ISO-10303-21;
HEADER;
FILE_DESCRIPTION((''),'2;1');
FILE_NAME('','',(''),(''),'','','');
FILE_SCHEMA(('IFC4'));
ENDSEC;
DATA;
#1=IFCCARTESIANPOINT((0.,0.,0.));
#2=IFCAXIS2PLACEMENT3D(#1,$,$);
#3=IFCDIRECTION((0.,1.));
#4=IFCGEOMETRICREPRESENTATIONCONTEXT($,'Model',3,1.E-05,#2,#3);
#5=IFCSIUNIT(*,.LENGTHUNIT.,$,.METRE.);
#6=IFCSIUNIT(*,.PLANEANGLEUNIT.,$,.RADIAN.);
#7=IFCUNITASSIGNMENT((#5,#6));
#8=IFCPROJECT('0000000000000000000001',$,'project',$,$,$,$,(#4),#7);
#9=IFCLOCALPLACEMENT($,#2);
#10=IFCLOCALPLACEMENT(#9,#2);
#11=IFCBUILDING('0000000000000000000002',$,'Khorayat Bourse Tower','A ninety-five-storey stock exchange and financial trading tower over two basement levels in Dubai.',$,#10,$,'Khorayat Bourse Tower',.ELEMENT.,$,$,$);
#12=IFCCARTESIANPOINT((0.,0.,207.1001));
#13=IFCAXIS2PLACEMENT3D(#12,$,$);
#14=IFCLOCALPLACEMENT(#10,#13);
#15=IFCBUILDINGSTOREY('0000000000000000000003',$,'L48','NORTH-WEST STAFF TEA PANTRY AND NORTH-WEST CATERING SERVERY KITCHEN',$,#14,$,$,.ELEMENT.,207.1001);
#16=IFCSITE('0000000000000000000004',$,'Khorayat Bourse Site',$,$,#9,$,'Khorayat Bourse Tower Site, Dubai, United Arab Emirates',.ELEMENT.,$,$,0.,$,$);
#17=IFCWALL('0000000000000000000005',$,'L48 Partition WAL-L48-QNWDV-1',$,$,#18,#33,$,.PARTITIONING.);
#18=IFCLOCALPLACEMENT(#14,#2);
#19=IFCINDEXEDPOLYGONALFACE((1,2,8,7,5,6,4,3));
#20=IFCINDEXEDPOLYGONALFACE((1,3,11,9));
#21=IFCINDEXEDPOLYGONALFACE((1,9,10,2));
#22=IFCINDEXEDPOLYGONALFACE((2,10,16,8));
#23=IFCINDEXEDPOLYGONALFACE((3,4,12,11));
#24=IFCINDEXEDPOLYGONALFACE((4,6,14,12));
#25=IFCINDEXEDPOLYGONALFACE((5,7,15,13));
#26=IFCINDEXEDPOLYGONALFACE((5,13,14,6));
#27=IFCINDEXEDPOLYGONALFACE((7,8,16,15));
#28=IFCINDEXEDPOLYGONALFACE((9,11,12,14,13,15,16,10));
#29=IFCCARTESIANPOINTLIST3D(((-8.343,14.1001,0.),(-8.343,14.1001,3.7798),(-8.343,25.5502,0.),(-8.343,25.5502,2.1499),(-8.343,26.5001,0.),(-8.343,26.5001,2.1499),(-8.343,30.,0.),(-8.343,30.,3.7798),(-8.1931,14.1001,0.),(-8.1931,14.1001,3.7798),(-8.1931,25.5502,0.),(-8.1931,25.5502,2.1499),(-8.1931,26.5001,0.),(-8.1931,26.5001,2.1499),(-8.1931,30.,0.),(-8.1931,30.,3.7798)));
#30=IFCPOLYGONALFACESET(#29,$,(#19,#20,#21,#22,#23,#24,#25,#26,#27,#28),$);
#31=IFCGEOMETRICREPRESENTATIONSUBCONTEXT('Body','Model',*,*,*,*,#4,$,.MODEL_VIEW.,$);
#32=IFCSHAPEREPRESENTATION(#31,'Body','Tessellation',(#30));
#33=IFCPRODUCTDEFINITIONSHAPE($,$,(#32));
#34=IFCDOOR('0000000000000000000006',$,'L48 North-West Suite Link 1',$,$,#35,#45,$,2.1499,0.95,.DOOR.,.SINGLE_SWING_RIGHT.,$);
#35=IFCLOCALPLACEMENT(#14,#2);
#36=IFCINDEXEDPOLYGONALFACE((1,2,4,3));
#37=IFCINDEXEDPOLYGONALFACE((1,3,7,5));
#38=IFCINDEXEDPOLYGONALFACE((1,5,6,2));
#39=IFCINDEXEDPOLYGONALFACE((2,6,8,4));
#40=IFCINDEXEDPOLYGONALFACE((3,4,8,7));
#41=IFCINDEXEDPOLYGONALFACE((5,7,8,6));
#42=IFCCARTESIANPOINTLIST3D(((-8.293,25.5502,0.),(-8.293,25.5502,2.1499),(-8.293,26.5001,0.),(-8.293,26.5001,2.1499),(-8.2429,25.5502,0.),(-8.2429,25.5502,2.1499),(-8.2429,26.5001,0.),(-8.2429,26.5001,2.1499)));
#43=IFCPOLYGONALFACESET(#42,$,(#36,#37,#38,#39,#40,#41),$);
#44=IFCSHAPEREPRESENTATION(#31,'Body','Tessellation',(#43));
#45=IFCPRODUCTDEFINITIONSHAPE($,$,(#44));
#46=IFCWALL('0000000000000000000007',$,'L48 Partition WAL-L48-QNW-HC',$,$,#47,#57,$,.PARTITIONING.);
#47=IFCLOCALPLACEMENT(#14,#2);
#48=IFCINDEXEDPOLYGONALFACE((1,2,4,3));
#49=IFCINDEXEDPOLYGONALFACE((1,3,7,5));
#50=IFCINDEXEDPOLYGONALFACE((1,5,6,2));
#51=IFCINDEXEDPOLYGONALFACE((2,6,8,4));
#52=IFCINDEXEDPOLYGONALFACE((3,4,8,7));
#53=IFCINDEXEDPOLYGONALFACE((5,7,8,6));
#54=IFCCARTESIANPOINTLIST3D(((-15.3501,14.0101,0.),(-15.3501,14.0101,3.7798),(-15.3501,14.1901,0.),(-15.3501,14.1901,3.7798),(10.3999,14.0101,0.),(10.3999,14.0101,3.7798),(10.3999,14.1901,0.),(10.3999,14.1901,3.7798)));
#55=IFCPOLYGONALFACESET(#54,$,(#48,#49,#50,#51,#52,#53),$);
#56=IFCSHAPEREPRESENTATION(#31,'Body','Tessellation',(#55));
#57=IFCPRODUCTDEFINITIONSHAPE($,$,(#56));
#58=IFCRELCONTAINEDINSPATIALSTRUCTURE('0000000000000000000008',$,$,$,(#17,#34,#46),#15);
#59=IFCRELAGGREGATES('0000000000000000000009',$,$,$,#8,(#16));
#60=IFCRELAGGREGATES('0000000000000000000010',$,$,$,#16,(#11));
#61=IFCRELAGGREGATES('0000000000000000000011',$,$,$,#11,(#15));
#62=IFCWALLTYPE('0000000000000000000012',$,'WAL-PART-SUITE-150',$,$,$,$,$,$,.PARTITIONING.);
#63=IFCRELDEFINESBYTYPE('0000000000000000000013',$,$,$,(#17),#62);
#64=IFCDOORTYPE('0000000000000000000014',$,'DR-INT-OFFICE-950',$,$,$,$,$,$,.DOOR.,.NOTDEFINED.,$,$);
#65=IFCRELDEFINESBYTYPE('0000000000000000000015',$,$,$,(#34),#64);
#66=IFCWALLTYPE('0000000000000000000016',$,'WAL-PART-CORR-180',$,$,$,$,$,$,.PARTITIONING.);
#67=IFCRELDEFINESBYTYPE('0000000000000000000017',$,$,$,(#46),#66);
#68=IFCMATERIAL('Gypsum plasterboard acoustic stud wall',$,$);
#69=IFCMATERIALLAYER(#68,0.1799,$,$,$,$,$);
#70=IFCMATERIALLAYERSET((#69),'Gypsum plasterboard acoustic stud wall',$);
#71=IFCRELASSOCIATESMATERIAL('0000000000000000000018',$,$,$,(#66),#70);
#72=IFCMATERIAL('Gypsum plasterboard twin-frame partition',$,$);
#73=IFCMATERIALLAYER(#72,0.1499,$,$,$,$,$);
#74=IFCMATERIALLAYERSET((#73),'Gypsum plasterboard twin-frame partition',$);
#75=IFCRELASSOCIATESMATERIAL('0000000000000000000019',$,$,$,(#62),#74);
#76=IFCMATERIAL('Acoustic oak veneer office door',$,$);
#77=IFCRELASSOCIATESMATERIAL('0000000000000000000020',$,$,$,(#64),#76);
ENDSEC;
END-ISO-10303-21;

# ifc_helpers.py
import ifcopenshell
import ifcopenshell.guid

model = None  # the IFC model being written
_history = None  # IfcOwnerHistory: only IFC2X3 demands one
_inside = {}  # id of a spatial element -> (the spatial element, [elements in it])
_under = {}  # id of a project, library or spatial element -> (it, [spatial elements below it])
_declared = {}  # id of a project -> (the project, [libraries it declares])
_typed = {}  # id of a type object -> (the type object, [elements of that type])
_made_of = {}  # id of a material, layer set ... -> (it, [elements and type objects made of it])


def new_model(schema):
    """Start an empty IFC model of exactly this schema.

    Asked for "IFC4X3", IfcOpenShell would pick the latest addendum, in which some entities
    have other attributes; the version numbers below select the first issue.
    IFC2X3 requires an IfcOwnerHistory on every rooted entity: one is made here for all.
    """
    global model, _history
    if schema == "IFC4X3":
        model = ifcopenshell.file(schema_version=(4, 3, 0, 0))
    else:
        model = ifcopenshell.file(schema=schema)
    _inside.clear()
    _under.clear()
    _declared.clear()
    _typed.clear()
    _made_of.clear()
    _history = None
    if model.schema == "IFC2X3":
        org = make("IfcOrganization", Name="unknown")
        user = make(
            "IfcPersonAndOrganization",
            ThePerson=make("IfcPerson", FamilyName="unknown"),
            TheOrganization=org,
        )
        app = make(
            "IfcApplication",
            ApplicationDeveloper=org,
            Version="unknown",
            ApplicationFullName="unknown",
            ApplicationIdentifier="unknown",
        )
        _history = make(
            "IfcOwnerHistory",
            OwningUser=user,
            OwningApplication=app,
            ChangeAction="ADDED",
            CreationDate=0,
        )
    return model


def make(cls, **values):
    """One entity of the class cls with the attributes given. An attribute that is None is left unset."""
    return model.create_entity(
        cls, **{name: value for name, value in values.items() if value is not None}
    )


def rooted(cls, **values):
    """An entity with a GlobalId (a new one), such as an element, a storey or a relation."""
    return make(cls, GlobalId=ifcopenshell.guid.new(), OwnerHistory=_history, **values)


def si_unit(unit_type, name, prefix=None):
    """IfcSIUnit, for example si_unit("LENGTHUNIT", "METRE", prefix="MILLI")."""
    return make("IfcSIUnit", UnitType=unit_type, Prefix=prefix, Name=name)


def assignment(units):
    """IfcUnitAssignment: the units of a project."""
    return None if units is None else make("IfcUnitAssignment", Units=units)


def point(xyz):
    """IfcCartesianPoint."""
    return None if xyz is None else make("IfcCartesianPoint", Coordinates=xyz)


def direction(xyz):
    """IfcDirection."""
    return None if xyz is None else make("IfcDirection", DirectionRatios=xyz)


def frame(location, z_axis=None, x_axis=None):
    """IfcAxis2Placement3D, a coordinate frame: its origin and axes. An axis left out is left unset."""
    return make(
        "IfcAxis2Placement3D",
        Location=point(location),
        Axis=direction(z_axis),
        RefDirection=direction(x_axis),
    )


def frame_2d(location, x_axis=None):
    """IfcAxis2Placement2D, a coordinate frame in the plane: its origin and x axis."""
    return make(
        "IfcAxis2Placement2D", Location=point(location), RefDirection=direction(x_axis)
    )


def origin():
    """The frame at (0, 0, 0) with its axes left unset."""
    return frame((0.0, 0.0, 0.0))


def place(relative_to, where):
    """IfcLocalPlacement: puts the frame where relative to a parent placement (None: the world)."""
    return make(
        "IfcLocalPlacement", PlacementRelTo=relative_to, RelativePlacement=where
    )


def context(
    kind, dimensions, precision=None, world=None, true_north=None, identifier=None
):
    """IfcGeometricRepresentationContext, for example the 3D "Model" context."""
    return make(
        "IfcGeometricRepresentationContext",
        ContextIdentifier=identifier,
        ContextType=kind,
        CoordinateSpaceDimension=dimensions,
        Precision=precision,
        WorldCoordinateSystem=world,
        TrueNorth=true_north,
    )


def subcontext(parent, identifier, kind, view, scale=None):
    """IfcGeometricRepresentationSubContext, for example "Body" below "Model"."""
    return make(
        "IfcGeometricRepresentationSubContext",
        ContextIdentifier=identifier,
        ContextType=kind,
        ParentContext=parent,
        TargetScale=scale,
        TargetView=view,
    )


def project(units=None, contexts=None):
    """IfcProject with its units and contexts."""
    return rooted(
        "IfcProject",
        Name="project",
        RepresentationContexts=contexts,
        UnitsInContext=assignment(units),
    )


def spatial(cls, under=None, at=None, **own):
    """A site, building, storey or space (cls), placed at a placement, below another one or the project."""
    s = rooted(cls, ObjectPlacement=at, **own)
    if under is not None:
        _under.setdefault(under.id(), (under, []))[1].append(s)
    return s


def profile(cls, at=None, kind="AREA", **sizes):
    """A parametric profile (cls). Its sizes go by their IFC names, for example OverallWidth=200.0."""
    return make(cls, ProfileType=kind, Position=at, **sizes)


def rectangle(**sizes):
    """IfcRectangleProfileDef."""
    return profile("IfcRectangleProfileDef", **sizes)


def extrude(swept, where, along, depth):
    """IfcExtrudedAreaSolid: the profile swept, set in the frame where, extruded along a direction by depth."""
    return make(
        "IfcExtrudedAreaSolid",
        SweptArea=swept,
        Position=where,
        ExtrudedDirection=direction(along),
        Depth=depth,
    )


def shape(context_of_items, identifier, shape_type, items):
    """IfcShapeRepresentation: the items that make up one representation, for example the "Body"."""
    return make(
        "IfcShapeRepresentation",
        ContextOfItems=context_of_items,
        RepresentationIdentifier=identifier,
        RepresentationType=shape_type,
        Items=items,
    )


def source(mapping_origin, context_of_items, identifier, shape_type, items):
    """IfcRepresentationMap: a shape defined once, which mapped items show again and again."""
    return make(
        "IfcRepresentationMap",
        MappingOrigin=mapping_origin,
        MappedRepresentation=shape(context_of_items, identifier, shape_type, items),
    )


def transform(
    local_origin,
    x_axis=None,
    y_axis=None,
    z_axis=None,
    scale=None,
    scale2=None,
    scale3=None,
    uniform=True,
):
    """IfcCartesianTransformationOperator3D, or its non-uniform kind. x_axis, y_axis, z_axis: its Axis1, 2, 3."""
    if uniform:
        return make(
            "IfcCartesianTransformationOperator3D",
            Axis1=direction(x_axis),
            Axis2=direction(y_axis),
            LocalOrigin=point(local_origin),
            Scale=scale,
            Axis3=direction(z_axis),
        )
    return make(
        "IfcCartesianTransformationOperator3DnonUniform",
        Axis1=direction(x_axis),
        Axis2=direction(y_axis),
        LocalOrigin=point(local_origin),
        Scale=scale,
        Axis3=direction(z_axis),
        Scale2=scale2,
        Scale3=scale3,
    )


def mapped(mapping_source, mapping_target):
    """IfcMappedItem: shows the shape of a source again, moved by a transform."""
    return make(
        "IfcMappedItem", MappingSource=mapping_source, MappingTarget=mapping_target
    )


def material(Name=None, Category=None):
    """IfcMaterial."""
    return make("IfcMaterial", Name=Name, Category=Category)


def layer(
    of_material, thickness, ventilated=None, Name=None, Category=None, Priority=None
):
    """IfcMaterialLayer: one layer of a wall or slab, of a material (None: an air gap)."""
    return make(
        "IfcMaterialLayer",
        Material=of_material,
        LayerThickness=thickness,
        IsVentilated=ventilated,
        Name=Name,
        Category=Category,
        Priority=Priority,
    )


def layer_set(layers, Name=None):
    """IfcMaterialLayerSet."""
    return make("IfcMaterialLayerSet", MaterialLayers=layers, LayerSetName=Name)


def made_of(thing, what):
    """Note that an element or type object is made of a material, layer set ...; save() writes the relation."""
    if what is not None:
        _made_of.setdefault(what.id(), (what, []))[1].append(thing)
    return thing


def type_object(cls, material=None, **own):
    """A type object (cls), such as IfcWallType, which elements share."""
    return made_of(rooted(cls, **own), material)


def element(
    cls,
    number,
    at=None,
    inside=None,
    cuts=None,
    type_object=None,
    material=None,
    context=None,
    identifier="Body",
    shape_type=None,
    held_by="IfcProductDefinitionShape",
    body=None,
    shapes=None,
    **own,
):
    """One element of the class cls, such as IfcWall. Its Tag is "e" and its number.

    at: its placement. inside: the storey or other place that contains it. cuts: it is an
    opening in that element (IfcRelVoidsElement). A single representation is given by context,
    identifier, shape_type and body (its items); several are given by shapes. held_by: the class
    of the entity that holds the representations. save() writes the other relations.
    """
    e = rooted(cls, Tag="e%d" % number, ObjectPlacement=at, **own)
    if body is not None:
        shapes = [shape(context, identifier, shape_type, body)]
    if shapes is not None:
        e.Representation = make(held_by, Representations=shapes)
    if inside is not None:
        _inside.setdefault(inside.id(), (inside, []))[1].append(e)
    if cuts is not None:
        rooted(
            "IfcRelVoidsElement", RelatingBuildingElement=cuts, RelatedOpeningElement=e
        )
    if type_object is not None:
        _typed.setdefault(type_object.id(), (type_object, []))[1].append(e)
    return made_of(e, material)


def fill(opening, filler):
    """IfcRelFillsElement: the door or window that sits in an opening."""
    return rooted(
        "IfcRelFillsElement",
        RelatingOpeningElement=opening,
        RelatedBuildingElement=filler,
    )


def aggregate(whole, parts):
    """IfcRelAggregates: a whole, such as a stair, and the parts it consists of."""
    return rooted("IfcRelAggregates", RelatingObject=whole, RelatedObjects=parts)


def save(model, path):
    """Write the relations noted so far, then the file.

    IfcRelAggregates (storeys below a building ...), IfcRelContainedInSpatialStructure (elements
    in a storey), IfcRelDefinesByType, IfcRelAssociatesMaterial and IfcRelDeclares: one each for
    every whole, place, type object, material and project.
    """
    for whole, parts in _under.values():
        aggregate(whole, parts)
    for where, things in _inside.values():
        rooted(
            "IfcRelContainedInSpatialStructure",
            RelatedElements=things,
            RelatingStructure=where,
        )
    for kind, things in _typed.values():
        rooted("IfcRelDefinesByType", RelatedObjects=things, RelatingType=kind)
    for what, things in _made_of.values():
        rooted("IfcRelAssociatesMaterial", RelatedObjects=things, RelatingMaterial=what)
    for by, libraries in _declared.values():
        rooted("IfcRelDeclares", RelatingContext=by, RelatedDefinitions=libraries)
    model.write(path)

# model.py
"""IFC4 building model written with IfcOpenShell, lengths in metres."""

from ifc_helpers import new_model, si_unit, direction, frame, frame_2d, origin, place, context, subcontext, project, spatial, rectangle, extrude, source, transform, mapped, material, layer, layer_set, type_object, element, fill, save


model = new_model("IFC4")

# Units and contexts
model_context = context("Model", 3, precision=1e-05, world=origin(), true_north=direction((0.0, 1.0)))
body_context = subcontext(model_context, "Body", "Model", "MODEL_VIEW")
ifc_project = project(units=[si_unit("LENGTHUNIT", "METRE"), si_unit("PLANEANGLEUNIT", "RADIAN")], contexts=[model_context])

# Site, building, storey
site_placement = place(None, origin())
site = spatial("IfcSite", under=ifc_project, at=site_placement, Name="Khorayat Bourse Site", LongName="Khorayat Bourse Tower Site, Dubai, United Arab Emirates", CompositionType="ELEMENT", RefElevation=0.0)
building_placement = place(site_placement, origin())
building = spatial("IfcBuilding", under=site, at=building_placement, Name="Khorayat Bourse Tower", Description="A ninety-five-storey stock exchange and financial trading tower over two basement levels in Dubai.", LongName="Khorayat Bourse Tower", CompositionType="ELEMENT")
storey_placement = place(building_placement, frame((0.0, 0.0, 207.1001)))
storey = spatial("IfcBuildingStorey", under=building, at=storey_placement, Name="L48", Description="NORTH-WEST STAFF TEA PANTRY AND NORTH-WEST CATERING SERVERY KITCHEN", CompositionType="ELEMENT", Elevation=207.1001)

# Shared definitions
ifc_material_1 = material(Name="Gypsum plasterboard acoustic stud wall")
ifc_layer_1 = layer(ifc_material_1, 0.1799)
ifc_layer_set_1 = layer_set([ifc_layer_1], Name="Gypsum plasterboard acoustic stud wall")
wall_type_1 = type_object("IfcWallType", Name="WAL-PART-CORR-180", PredefinedType="PARTITIONING", material=ifc_layer_set_1)

# Wall, opening, door
ifc_material_2 = material(Name="Gypsum plasterboard twin-frame partition")
ifc_layer_2 = layer(ifc_material_2, 0.1499)
ifc_layer_set_2 = layer_set([ifc_layer_2], Name="Gypsum plasterboard twin-frame partition")
wall_type_2 = type_object("IfcWallType", Name="WAL-PART-SUITE-150", PredefinedType="PARTITIONING", material=ifc_layer_set_2)
shared_shape_1 = source(origin(), body_context, "Body", "SweptSolid", [
    extrude(rectangle(XDim=15.8999, YDim=0.1499, at=frame_2d((7.95, 0.0))), origin(), (0.0, 0.0, 1.0), 3.7798),
])
wall_1_placement = place(storey_placement, frame((-8.2681, 14.1001, 0.0), z_axis=(0.0, 0.0, 1.0), x_axis=(0.0, 1.0, 0.0)))
wall_1 = element("IfcWall", 1, at=wall_1_placement, inside=storey, type_object=wall_type_2, Name="L48 Partition WAL-L48-QNWDV-1", PredefinedType="PARTITIONING", context=body_context, shape_type="MappedRepresentation", body=[
    mapped(shared_shape_1, transform((0.0, 0.0, 0.0), scale=1.0)),
])
shared_shape_2 = source(origin(), body_context, "Body", "SweptSolid", [
    extrude(rectangle(XDim=0.95, YDim=2.1499, at=frame_2d((0.4751, 1.075))), frame((0.0, 0.085, 0.0), z_axis=(0.0, -1.0, 0.0), x_axis=(1.0, 0.0, 0.0)), (0.0, 0.0, 1.0), 0.1699),
])
opening_1_placement = place(wall_1_placement, frame((11.45, 0.0, 0.0)))
opening_1 = element("IfcOpeningElement", 2, at=opening_1_placement, cuts=wall_1, PredefinedType="OPENING", context=body_context, shape_type="MappedRepresentation", body=[
    mapped(shared_shape_2, transform((0.0, 0.0, 0.0), scale=1.0)),
])
ifc_material_3 = material(Name="Acoustic oak veneer office door")
door_type_1 = type_object("IfcDoorType", Name="DR-INT-OFFICE-950", OperationType="NOTDEFINED", PredefinedType="DOOR", material=ifc_material_3)
shared_shape_3 = source(origin(), body_context, "Body", "SweptSolid", [
    extrude(rectangle(XDim=0.95, YDim=2.1499, at=frame_2d((0.4751, 1.075))), frame((0.0, 0.0249, 0.0), z_axis=(0.0, -1.0, 0.0), x_axis=(1.0, 0.0, 0.0)), (0.0, 0.0, 1.0), 0.05),
])
door_1_placement = place(opening_1_placement, origin())
door_1 = element("IfcDoor", 3, at=door_1_placement, inside=storey, type_object=door_type_1, Name="L48 North-West Suite Link 1", OperationType="SINGLE_SWING_RIGHT", OverallHeight=2.1499, OverallWidth=0.95, PredefinedType="DOOR", context=body_context, shape_type="MappedRepresentation", body=[
    mapped(shared_shape_3, transform((0.0, 0.0, 0.0), scale=1.0)),
])
fill(opening_1, door_1)

# Wall
shared_shape_4 = source(origin(), body_context, "Body", "SweptSolid", [
    extrude(rectangle(XDim=25.75, YDim=0.1799, at=frame_2d((12.875, 0.0))), origin(), (0.0, 0.0, 1.0), 3.7798),
])
wall_2_placement = place(storey_placement, frame((-15.3501, 14.1001, 0.0), z_axis=(0.0, 0.0, 1.0), x_axis=(1.0, 0.0, 0.0)))
element("IfcWall", 4, at=wall_2_placement, inside=storey, type_object=wall_type_1, Name="L48 Partition WAL-L48-QNW-HC", PredefinedType="PARTITIONING", context=body_context, shape_type="MappedRepresentation", body=[
    mapped(shared_shape_4, transform((0.0, 0.0, 0.0), scale=1.0)),
])

save(model, "model.ifc")
